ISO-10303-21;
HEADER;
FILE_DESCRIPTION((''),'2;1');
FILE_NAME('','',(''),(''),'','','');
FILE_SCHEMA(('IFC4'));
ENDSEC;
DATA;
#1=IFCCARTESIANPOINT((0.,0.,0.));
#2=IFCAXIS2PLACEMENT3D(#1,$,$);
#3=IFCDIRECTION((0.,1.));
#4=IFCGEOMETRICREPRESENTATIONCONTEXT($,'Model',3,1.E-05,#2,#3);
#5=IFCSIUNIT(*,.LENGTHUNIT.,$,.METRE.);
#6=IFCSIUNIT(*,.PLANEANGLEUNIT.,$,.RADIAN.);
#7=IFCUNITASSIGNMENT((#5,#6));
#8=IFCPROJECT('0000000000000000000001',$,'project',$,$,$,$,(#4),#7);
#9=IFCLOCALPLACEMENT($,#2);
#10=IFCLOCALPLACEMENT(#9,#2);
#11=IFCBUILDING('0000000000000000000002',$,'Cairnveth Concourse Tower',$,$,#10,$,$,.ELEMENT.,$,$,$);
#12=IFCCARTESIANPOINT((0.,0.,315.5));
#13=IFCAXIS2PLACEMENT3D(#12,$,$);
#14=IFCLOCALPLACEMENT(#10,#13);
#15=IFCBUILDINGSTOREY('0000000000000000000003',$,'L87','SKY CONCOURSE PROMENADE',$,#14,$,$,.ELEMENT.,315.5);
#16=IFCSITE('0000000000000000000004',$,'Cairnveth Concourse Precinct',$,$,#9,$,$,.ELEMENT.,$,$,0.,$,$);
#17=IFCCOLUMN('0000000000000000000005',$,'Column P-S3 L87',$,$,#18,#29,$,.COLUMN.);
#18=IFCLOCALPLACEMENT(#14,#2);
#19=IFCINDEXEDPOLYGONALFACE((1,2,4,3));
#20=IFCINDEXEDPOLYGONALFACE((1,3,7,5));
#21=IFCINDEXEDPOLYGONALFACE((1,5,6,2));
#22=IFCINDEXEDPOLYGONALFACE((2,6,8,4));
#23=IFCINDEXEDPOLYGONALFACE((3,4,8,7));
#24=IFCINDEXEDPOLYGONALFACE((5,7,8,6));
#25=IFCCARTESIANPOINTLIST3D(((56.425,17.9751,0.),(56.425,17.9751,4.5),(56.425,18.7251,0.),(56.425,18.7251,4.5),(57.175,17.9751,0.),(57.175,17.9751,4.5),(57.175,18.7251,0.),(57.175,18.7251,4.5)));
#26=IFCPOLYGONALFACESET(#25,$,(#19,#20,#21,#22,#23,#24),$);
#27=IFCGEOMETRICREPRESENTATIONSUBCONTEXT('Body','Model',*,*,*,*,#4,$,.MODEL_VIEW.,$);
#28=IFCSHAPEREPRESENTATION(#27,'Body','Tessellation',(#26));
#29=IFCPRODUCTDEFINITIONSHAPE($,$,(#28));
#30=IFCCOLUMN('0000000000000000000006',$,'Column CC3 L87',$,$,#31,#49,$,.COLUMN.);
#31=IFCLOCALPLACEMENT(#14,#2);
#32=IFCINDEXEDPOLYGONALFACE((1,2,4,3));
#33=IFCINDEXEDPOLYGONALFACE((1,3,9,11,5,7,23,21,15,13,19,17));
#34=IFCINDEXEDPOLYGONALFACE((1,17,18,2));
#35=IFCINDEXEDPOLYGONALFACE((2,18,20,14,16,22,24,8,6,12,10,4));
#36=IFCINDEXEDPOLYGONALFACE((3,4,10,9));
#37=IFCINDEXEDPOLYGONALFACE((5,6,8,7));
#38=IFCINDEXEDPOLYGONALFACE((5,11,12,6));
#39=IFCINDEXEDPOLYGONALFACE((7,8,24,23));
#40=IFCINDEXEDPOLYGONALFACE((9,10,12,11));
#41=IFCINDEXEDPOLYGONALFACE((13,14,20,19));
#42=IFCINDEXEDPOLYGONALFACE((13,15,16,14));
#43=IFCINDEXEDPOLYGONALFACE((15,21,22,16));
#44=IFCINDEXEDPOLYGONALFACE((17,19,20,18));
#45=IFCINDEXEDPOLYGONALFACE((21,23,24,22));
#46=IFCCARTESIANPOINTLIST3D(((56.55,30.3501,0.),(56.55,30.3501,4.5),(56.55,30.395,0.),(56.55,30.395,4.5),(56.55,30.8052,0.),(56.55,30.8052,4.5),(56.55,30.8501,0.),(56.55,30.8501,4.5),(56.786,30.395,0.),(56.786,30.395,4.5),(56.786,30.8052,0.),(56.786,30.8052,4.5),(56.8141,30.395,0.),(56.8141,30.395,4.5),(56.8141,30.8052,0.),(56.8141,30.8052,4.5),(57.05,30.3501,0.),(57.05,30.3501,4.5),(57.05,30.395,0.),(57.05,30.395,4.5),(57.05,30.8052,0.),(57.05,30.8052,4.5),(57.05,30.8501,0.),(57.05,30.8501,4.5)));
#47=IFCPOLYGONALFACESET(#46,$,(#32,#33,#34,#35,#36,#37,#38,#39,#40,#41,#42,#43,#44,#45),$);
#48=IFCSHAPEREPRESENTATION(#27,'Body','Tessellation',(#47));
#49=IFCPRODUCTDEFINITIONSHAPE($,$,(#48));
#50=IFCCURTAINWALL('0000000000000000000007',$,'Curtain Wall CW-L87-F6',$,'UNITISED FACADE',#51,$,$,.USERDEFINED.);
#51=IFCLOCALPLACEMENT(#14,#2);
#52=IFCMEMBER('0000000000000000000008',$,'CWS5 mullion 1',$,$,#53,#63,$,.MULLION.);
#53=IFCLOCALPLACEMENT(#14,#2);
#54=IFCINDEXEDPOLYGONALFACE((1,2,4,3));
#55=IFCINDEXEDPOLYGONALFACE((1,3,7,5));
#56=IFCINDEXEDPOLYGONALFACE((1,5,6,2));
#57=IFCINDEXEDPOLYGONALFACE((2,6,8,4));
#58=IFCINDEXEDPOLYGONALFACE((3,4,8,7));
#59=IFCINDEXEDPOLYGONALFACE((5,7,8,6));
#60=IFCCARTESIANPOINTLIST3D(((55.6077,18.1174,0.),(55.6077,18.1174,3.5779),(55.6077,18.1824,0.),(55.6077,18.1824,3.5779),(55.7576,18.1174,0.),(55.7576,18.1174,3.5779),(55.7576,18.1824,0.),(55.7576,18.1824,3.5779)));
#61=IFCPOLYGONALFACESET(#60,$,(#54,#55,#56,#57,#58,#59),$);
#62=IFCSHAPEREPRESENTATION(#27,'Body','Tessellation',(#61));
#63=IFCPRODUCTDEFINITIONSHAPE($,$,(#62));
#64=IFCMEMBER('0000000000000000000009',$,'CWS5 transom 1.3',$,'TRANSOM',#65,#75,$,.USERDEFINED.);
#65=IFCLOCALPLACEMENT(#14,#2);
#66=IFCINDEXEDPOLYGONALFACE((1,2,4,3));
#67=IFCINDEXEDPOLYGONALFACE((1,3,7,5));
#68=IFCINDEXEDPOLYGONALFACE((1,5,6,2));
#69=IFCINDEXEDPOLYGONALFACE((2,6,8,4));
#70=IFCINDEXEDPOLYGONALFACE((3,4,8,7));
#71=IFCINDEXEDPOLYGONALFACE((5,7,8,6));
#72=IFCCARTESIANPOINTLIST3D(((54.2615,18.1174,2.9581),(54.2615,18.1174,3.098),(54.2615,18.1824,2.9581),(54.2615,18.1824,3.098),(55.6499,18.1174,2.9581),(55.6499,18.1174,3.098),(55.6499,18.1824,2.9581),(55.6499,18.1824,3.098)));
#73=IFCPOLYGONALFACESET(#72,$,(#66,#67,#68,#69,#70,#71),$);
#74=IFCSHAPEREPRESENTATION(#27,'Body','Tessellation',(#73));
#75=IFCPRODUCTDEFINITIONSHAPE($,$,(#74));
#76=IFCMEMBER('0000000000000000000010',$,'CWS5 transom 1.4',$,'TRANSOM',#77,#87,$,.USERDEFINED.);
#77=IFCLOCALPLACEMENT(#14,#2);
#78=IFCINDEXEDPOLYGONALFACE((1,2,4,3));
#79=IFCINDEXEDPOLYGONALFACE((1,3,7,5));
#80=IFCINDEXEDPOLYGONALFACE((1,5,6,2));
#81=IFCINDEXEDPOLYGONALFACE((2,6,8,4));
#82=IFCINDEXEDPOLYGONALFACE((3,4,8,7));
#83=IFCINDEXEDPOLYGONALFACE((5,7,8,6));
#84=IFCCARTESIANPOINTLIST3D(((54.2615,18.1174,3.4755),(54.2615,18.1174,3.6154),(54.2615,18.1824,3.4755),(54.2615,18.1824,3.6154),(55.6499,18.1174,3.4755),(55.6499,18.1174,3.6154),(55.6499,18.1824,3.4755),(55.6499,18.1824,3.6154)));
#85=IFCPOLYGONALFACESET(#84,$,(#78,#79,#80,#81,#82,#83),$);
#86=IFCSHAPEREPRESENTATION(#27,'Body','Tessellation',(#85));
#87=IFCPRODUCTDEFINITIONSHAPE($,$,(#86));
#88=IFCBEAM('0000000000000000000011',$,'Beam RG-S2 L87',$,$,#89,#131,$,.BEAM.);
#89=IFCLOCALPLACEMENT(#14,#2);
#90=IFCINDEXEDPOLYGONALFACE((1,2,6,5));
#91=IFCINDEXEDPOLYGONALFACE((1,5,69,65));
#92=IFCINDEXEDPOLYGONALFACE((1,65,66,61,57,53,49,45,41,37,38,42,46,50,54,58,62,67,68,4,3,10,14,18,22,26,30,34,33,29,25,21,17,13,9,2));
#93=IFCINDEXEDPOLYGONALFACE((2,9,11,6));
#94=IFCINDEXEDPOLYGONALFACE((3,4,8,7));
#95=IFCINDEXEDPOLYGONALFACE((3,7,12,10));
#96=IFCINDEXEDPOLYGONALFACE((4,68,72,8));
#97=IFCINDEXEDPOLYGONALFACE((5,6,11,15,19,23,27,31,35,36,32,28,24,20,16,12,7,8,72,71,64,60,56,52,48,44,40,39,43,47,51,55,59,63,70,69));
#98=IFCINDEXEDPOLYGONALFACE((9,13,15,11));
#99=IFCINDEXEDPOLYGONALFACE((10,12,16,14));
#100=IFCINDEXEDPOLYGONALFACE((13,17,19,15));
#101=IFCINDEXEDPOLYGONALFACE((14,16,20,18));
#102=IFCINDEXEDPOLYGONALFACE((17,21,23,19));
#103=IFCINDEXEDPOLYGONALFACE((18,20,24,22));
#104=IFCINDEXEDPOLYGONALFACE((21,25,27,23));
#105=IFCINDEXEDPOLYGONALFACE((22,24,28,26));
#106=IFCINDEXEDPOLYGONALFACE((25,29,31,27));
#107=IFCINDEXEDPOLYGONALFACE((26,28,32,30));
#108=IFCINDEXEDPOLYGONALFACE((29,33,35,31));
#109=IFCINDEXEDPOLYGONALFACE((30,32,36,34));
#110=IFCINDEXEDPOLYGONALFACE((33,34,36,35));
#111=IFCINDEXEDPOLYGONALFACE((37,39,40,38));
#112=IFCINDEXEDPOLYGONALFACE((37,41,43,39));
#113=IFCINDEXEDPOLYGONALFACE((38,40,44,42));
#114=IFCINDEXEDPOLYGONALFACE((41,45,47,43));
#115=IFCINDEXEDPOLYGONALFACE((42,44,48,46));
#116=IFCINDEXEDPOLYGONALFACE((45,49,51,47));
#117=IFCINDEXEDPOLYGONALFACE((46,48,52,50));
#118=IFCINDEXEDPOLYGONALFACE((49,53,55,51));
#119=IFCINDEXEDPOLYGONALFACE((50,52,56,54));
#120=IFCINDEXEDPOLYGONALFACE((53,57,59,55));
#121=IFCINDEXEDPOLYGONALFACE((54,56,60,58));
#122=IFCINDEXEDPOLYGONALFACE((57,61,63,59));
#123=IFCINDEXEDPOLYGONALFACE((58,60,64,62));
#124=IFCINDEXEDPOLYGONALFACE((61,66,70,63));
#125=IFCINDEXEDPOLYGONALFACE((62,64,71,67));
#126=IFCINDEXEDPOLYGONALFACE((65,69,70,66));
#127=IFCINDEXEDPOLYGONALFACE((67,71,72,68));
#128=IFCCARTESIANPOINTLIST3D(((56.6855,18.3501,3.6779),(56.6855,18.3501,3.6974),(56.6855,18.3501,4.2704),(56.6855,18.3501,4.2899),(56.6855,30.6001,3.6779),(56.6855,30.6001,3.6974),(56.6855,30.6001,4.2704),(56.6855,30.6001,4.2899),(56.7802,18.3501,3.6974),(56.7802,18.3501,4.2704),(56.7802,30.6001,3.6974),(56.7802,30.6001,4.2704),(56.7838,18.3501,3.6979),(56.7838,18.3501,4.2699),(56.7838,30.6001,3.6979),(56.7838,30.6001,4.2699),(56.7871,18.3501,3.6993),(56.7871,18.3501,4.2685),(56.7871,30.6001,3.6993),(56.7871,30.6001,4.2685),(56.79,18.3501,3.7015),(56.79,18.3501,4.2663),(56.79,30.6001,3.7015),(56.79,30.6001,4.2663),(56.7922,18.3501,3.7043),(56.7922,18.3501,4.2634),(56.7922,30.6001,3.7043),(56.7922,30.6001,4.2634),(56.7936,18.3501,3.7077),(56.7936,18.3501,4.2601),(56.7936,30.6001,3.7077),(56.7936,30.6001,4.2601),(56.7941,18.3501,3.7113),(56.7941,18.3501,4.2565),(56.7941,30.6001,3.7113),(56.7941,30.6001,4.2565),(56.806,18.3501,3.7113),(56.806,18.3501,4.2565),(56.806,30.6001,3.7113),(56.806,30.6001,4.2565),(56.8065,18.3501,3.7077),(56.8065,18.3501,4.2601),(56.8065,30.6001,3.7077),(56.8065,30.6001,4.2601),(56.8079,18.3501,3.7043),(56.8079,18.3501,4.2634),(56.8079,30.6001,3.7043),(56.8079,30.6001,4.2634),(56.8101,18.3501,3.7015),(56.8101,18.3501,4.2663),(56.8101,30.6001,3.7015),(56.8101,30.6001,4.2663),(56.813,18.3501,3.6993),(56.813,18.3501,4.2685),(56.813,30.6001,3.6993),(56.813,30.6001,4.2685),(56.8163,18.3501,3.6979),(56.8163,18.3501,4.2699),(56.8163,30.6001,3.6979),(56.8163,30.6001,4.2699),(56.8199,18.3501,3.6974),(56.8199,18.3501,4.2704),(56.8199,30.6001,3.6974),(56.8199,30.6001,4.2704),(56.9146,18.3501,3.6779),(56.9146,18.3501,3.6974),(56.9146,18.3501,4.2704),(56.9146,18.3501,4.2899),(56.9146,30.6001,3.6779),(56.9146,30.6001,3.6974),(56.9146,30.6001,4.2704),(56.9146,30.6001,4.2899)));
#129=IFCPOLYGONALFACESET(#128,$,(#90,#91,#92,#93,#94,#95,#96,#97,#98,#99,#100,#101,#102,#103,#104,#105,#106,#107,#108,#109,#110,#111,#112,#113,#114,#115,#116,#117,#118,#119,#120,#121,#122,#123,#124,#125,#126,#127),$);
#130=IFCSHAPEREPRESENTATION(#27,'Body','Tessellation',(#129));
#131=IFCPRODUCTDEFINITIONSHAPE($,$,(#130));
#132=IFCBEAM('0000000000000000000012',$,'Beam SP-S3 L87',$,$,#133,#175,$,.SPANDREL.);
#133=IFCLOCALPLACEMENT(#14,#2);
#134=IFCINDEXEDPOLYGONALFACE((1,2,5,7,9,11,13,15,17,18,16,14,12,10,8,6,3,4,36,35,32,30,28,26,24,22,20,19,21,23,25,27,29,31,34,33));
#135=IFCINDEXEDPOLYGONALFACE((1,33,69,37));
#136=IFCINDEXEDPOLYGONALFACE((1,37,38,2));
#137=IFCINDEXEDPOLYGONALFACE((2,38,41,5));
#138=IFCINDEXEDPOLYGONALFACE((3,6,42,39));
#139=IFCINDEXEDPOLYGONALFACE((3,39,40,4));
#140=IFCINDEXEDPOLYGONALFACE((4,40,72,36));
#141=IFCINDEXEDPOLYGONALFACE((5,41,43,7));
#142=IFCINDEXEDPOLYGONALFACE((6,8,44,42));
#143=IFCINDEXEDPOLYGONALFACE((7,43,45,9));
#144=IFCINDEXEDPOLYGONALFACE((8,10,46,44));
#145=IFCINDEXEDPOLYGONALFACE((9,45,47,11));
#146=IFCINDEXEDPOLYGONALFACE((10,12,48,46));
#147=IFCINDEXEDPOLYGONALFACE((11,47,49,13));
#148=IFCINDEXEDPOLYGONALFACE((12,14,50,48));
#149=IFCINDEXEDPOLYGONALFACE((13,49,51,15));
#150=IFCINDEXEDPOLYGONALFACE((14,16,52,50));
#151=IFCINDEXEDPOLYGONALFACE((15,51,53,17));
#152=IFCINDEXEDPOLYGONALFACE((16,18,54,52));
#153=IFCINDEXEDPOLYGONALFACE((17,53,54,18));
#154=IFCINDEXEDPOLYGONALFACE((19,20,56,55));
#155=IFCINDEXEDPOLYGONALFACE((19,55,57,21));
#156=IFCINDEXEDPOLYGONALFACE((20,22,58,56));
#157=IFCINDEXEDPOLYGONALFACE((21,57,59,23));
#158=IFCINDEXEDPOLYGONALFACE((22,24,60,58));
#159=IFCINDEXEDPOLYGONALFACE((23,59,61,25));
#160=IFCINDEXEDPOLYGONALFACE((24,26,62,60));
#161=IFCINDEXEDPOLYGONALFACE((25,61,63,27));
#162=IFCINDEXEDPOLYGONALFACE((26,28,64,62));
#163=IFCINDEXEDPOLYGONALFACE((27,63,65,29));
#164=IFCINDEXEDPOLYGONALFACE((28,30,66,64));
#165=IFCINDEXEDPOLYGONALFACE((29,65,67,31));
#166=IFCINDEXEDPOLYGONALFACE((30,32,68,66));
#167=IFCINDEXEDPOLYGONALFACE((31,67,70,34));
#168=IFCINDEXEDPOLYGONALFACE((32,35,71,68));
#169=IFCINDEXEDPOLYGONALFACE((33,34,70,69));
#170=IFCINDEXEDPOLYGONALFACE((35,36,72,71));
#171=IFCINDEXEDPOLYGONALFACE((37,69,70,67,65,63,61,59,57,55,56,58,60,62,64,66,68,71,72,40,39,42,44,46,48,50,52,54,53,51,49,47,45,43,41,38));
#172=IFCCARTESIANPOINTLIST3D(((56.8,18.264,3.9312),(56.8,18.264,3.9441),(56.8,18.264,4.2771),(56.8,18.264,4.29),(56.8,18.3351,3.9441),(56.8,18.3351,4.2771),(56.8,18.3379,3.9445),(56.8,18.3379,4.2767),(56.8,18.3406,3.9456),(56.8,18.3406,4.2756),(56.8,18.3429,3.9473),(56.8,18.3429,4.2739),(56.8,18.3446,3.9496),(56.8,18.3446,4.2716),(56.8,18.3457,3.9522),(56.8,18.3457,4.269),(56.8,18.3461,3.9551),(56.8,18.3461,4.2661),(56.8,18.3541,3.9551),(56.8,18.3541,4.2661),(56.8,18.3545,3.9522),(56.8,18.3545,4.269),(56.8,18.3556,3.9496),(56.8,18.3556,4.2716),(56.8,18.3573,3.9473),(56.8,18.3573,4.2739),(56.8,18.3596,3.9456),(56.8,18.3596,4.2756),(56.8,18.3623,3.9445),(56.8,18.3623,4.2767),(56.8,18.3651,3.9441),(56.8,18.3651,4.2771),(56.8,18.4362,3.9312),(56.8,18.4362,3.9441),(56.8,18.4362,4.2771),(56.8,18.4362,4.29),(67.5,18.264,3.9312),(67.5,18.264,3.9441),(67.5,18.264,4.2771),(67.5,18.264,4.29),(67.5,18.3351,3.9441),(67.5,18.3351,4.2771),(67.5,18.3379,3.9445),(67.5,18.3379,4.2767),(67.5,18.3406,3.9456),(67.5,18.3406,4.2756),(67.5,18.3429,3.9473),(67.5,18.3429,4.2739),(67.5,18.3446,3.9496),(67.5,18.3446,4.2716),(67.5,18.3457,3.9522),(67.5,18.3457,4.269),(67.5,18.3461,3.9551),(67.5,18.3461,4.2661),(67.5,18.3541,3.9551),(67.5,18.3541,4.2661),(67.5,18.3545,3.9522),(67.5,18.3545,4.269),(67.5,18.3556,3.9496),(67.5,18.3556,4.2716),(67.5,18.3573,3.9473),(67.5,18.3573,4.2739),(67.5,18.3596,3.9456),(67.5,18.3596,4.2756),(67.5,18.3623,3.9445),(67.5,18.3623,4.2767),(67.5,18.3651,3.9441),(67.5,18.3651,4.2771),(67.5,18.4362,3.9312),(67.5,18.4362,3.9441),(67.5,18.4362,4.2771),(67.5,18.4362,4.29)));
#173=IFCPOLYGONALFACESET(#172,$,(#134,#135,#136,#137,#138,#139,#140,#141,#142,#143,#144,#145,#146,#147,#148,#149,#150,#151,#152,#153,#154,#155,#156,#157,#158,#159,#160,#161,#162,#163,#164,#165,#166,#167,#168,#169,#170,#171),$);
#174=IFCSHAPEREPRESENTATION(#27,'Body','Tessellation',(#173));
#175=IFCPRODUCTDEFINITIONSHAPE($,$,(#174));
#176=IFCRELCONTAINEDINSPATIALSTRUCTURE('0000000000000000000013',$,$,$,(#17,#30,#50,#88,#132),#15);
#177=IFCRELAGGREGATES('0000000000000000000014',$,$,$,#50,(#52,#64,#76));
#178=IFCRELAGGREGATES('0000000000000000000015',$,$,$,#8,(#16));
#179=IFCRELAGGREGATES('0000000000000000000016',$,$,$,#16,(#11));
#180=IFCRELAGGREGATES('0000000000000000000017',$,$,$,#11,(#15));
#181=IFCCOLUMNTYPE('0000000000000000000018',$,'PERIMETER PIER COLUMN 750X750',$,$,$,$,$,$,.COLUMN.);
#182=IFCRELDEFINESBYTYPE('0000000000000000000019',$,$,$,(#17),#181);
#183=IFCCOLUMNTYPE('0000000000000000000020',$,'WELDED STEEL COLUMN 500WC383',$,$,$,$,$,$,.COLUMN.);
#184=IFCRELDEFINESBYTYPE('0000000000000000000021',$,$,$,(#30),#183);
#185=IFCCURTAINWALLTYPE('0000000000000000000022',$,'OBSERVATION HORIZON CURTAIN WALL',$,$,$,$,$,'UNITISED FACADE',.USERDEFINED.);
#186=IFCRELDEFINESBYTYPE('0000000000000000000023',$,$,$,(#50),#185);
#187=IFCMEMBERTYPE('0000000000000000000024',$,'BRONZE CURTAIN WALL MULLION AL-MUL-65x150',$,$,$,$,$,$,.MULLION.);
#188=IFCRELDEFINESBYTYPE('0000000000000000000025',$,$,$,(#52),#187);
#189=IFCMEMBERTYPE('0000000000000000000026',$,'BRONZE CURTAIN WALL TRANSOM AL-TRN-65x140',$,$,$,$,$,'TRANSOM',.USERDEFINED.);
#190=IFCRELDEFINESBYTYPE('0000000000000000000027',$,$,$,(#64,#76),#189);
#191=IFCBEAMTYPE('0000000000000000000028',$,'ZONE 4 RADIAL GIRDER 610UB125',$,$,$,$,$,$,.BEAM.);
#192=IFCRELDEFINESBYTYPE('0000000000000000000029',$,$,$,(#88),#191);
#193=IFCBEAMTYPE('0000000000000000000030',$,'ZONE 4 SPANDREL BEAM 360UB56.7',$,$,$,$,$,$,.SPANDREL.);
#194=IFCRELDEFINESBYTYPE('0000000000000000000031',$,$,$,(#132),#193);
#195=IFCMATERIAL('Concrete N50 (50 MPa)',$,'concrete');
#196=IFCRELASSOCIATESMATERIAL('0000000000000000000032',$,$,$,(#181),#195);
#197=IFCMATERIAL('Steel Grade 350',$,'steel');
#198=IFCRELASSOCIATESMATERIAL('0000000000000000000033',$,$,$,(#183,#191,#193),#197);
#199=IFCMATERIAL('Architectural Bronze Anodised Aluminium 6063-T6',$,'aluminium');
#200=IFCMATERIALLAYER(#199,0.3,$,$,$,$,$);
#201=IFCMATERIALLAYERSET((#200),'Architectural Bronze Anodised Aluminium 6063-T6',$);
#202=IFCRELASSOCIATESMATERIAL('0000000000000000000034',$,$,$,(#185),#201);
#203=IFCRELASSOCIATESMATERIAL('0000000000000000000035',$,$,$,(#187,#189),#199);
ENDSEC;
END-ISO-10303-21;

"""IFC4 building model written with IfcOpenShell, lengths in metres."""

from ifc_helpers import new_model, si_unit, direction, frame, origin, origin_2d, place, context, subcontext, project, spatial, rectangle, i_section, extrude, material, layer, layer_set, material_profile, profile_set, type_object, element, aggregate, save


model = new_model("IFC4")

# Units and contexts
model_context = context("Model", 3, precision=1e-05, world=origin(), true_north=direction((0.0, 1.0)))
body_context = subcontext(model_context, "Body", "Model", "MODEL_VIEW")
ifc_project = project(units=[si_unit("LENGTHUNIT", "METRE"), si_unit("PLANEANGLEUNIT", "RADIAN")], contexts=[model_context])

# Site, building, storey
site_placement = place(None, origin())
site = spatial("IfcSite", under=ifc_project, at=site_placement, Name="Cairnveth Concourse Precinct", CompositionType="ELEMENT", RefElevation=0.0)
building_placement = place(site_placement, origin())
building = spatial("IfcBuilding", under=site, at=building_placement, Name="Cairnveth Concourse Tower", CompositionType="ELEMENT")
storey_placement = place(building_placement, frame((0.0, 0.0, 315.5)))
storey = spatial("IfcBuildingStorey", under=building, at=storey_placement, Name="L87", Description="SKY CONCOURSE PROMENADE", CompositionType="ELEMENT", Elevation=315.5)

# Columns
ifc_material_1 = material(Name="Concrete N50 (50 MPa)", Category="concrete")
ifc_material_profile_1 = material_profile(ifc_material_1, rectangle(XDim=0.75, YDim=0.75, at=origin_2d()), Name="RC-COL-750x750")
ifc_profile_set_1 = profile_set([ifc_material_profile_1], Name="Concrete N50 (50 MPa)")
column_type_1 = type_object("IfcColumnType", Name="PERIMETER PIER COLUMN 750X750", PredefinedType="COLUMN", material=ifc_profile_set_1)
column_1_placement = place(storey_placement, frame((56.8, 18.3501, 0.0), z_axis=(0.0, 0.0, 1.0), x_axis=(1.0, 0.0, 0.0)))
element("IfcColumn", 1, at=column_1_placement, inside=storey, type_object=column_type_1, Name="Column P-S3 L87", PredefinedType="COLUMN", context=body_context, shape_type="SweptSolid", body=[
    extrude(rectangle(XDim=0.75, YDim=0.75, at=origin_2d()), origin(), (0.0, 0.0, 1.0), 4.5),
])
ifc_material_2 = material(Name="Steel Grade 350", Category="steel")
ifc_material_profile_2 = material_profile(ifc_material_2, i_section(OverallWidth=0.5, OverallDepth=0.5, WebThickness=0.0281, FlangeThickness=0.0449, at=origin_2d()), Name="500WC383")
ifc_profile_set_2 = profile_set([ifc_material_profile_2], Name="Steel Grade 350")
column_type_2 = type_object("IfcColumnType", Name="WELDED STEEL COLUMN 500WC383", PredefinedType="COLUMN", material=ifc_profile_set_2)
column_2_placement = place(storey_placement, frame((56.8, 30.6001, 0.0), z_axis=(0.0, 0.0, 1.0), x_axis=(1.0, 0.0, 0.0)))
element("IfcColumn", 2, at=column_2_placement, inside=storey, type_object=column_type_2, Name="Column CC3 L87", PredefinedType="COLUMN", context=body_context, shape_type="SweptSolid", body=[
    extrude(i_section(OverallWidth=0.5, OverallDepth=0.5, WebThickness=0.0281, FlangeThickness=0.0449, at=origin_2d()), origin(), (0.0, 0.0, 1.0), 4.5),
])

# Curtain wall, members
ifc_material_3 = material(Name="Architectural Bronze Anodised Aluminium 6063-T6", Category="aluminium")
ifc_layer_1 = layer(ifc_material_3, 0.3)
ifc_layer_set_1 = layer_set([ifc_layer_1], Name="Architectural Bronze Anodised Aluminium 6063-T6")
curtain_wall_type = type_object("IfcCurtainWallType", Name="OBSERVATION HORIZON CURTAIN WALL", ElementType="UNITISED FACADE", PredefinedType="USERDEFINED", material=ifc_layer_set_1)
curtain_wall_placement = place(storey_placement, origin())
curtain_wall = element("IfcCurtainWall", 3, at=curtain_wall_placement, inside=storey, type_object=curtain_wall_type, Name="Curtain Wall CW-L87-F6", ObjectType="UNITISED FACADE", PredefinedType="USERDEFINED")
ifc_material_profile_3 = material_profile(ifc_material_3, rectangle(XDim=0.0649, YDim=0.1499, at=origin_2d()), Name="AL-MUL-65x150")
ifc_profile_set_3 = profile_set([ifc_material_profile_3], Name="Architectural Bronze Anodised Aluminium 6063-T6")
member_type_1 = type_object("IfcMemberType", Name="BRONZE CURTAIN WALL MULLION AL-MUL-65x150", PredefinedType="MULLION", material=ifc_profile_set_3)
member_1_placement = place(storey_placement, frame((55.6826, 18.1499, 0.0), z_axis=(0.0, 0.0, 1.0), x_axis=(0.0, -1.0, 0.0)))
member_1 = element("IfcMember", 4, at=member_1_placement, type_object=member_type_1, Name="CWS5 mullion 1", PredefinedType="MULLION", context=body_context, shape_type="SweptSolid", body=[
    extrude(rectangle(XDim=0.0649, YDim=0.1499, at=origin_2d()), origin(), (0.0, 0.0, 1.0), 3.5779),
])
ifc_material_profile_4 = material_profile(ifc_material_3, rectangle(XDim=0.0649, YDim=0.1399, at=origin_2d()), Name="AL-TRN-65x140")
ifc_profile_set_4 = profile_set([ifc_material_profile_4], Name="Architectural Bronze Anodised Aluminium 6063-T6")
member_type_2 = type_object("IfcMemberType", Name="BRONZE CURTAIN WALL TRANSOM AL-TRN-65x140", ElementType="TRANSOM", PredefinedType="USERDEFINED", material=ifc_profile_set_4)
member_2_placement = place(storey_placement, frame((55.6499, 18.1499, 3.0281), z_axis=(-1.0, 0.0, 0.0), x_axis=(0.0, -1.0, 0.0)))
member_2 = element("IfcMember", 5, at=member_2_placement, type_object=member_type_2, Name="CWS5 transom 1.3", ObjectType="TRANSOM", PredefinedType="USERDEFINED", context=body_context, shape_type="SweptSolid", body=[
    extrude(rectangle(XDim=0.0649, YDim=0.1399, at=origin_2d()), origin(), (0.0, 0.0, 1.0), 1.3884),
])
member_3_placement = place(storey_placement, frame((55.6499, 18.1499, 3.5454), z_axis=(-1.0, 0.0, 0.0), x_axis=(0.0, -1.0, 0.0)))
member_3 = element("IfcMember", 6, at=member_3_placement, type_object=member_type_2, Name="CWS5 transom 1.4", ObjectType="TRANSOM", PredefinedType="USERDEFINED", context=body_context, shape_type="SweptSolid", body=[
    extrude(rectangle(XDim=0.0649, YDim=0.1399, at=origin_2d()), origin(), (0.0, 0.0, 1.0), 1.3884),
])
aggregate(curtain_wall, [member_1, member_2, member_3])

# Beams
ifc_material_profile_5 = material_profile(ifc_material_2, i_section(OverallWidth=0.229, OverallDepth=0.6121, WebThickness=0.012, FlangeThickness=0.0195, FilletRadius=0.0139, at=origin_2d()), Name="610UB125")
ifc_profile_set_5 = profile_set([ifc_material_profile_5], Name="Steel Grade 350")
beam_type_1 = type_object("IfcBeamType", Name="ZONE 4 RADIAL GIRDER 610UB125", PredefinedType="BEAM", material=ifc_profile_set_5)
beam_1_placement = place(storey_placement, frame((56.8, 18.3501, 3.9839), z_axis=(0.0, 1.0, 0.0), x_axis=(-1.0, 0.0, 0.0)))
element("IfcBeam", 7, at=beam_1_placement, inside=storey, type_object=beam_type_1, Name="Beam RG-S2 L87", PredefinedType="BEAM", context=body_context, shape_type="SweptSolid", body=[
    extrude(i_section(OverallWidth=0.229, OverallDepth=0.6121, WebThickness=0.012, FlangeThickness=0.0195, FilletRadius=0.0139, at=origin_2d()), origin(), (0.0, 0.0, 1.0), 12.25),
])
ifc_material_profile_6 = material_profile(ifc_material_2, i_section(OverallWidth=0.1721, OverallDepth=0.3589, WebThickness=0.0081, FlangeThickness=0.0129, FilletRadius=0.011, at=origin_2d()), Name="360UB56.7")
ifc_profile_set_6 = profile_set([ifc_material_profile_6], Name="Steel Grade 350")
beam_type_2 = type_object("IfcBeamType", Name="ZONE 4 SPANDREL BEAM 360UB56.7", PredefinedType="SPANDREL", material=ifc_profile_set_6)
beam_2_placement = place(storey_placement, frame((56.8, 18.3501, 4.1106), z_axis=(1.0, 0.0, 0.0), x_axis=(0.0, 1.0, 0.0)))
element("IfcBeam", 8, at=beam_2_placement, inside=storey, type_object=beam_type_2, Name="Beam SP-S3 L87", PredefinedType="SPANDREL", context=body_context, shape_type="SweptSolid", body=[
    extrude(i_section(OverallWidth=0.1721, OverallDepth=0.3589, WebThickness=0.0081, FlangeThickness=0.0129, FilletRadius=0.011, at=origin_2d()), origin(), (0.0, 0.0, 1.0), 10.7),
])

save(model, "model.ifc")
